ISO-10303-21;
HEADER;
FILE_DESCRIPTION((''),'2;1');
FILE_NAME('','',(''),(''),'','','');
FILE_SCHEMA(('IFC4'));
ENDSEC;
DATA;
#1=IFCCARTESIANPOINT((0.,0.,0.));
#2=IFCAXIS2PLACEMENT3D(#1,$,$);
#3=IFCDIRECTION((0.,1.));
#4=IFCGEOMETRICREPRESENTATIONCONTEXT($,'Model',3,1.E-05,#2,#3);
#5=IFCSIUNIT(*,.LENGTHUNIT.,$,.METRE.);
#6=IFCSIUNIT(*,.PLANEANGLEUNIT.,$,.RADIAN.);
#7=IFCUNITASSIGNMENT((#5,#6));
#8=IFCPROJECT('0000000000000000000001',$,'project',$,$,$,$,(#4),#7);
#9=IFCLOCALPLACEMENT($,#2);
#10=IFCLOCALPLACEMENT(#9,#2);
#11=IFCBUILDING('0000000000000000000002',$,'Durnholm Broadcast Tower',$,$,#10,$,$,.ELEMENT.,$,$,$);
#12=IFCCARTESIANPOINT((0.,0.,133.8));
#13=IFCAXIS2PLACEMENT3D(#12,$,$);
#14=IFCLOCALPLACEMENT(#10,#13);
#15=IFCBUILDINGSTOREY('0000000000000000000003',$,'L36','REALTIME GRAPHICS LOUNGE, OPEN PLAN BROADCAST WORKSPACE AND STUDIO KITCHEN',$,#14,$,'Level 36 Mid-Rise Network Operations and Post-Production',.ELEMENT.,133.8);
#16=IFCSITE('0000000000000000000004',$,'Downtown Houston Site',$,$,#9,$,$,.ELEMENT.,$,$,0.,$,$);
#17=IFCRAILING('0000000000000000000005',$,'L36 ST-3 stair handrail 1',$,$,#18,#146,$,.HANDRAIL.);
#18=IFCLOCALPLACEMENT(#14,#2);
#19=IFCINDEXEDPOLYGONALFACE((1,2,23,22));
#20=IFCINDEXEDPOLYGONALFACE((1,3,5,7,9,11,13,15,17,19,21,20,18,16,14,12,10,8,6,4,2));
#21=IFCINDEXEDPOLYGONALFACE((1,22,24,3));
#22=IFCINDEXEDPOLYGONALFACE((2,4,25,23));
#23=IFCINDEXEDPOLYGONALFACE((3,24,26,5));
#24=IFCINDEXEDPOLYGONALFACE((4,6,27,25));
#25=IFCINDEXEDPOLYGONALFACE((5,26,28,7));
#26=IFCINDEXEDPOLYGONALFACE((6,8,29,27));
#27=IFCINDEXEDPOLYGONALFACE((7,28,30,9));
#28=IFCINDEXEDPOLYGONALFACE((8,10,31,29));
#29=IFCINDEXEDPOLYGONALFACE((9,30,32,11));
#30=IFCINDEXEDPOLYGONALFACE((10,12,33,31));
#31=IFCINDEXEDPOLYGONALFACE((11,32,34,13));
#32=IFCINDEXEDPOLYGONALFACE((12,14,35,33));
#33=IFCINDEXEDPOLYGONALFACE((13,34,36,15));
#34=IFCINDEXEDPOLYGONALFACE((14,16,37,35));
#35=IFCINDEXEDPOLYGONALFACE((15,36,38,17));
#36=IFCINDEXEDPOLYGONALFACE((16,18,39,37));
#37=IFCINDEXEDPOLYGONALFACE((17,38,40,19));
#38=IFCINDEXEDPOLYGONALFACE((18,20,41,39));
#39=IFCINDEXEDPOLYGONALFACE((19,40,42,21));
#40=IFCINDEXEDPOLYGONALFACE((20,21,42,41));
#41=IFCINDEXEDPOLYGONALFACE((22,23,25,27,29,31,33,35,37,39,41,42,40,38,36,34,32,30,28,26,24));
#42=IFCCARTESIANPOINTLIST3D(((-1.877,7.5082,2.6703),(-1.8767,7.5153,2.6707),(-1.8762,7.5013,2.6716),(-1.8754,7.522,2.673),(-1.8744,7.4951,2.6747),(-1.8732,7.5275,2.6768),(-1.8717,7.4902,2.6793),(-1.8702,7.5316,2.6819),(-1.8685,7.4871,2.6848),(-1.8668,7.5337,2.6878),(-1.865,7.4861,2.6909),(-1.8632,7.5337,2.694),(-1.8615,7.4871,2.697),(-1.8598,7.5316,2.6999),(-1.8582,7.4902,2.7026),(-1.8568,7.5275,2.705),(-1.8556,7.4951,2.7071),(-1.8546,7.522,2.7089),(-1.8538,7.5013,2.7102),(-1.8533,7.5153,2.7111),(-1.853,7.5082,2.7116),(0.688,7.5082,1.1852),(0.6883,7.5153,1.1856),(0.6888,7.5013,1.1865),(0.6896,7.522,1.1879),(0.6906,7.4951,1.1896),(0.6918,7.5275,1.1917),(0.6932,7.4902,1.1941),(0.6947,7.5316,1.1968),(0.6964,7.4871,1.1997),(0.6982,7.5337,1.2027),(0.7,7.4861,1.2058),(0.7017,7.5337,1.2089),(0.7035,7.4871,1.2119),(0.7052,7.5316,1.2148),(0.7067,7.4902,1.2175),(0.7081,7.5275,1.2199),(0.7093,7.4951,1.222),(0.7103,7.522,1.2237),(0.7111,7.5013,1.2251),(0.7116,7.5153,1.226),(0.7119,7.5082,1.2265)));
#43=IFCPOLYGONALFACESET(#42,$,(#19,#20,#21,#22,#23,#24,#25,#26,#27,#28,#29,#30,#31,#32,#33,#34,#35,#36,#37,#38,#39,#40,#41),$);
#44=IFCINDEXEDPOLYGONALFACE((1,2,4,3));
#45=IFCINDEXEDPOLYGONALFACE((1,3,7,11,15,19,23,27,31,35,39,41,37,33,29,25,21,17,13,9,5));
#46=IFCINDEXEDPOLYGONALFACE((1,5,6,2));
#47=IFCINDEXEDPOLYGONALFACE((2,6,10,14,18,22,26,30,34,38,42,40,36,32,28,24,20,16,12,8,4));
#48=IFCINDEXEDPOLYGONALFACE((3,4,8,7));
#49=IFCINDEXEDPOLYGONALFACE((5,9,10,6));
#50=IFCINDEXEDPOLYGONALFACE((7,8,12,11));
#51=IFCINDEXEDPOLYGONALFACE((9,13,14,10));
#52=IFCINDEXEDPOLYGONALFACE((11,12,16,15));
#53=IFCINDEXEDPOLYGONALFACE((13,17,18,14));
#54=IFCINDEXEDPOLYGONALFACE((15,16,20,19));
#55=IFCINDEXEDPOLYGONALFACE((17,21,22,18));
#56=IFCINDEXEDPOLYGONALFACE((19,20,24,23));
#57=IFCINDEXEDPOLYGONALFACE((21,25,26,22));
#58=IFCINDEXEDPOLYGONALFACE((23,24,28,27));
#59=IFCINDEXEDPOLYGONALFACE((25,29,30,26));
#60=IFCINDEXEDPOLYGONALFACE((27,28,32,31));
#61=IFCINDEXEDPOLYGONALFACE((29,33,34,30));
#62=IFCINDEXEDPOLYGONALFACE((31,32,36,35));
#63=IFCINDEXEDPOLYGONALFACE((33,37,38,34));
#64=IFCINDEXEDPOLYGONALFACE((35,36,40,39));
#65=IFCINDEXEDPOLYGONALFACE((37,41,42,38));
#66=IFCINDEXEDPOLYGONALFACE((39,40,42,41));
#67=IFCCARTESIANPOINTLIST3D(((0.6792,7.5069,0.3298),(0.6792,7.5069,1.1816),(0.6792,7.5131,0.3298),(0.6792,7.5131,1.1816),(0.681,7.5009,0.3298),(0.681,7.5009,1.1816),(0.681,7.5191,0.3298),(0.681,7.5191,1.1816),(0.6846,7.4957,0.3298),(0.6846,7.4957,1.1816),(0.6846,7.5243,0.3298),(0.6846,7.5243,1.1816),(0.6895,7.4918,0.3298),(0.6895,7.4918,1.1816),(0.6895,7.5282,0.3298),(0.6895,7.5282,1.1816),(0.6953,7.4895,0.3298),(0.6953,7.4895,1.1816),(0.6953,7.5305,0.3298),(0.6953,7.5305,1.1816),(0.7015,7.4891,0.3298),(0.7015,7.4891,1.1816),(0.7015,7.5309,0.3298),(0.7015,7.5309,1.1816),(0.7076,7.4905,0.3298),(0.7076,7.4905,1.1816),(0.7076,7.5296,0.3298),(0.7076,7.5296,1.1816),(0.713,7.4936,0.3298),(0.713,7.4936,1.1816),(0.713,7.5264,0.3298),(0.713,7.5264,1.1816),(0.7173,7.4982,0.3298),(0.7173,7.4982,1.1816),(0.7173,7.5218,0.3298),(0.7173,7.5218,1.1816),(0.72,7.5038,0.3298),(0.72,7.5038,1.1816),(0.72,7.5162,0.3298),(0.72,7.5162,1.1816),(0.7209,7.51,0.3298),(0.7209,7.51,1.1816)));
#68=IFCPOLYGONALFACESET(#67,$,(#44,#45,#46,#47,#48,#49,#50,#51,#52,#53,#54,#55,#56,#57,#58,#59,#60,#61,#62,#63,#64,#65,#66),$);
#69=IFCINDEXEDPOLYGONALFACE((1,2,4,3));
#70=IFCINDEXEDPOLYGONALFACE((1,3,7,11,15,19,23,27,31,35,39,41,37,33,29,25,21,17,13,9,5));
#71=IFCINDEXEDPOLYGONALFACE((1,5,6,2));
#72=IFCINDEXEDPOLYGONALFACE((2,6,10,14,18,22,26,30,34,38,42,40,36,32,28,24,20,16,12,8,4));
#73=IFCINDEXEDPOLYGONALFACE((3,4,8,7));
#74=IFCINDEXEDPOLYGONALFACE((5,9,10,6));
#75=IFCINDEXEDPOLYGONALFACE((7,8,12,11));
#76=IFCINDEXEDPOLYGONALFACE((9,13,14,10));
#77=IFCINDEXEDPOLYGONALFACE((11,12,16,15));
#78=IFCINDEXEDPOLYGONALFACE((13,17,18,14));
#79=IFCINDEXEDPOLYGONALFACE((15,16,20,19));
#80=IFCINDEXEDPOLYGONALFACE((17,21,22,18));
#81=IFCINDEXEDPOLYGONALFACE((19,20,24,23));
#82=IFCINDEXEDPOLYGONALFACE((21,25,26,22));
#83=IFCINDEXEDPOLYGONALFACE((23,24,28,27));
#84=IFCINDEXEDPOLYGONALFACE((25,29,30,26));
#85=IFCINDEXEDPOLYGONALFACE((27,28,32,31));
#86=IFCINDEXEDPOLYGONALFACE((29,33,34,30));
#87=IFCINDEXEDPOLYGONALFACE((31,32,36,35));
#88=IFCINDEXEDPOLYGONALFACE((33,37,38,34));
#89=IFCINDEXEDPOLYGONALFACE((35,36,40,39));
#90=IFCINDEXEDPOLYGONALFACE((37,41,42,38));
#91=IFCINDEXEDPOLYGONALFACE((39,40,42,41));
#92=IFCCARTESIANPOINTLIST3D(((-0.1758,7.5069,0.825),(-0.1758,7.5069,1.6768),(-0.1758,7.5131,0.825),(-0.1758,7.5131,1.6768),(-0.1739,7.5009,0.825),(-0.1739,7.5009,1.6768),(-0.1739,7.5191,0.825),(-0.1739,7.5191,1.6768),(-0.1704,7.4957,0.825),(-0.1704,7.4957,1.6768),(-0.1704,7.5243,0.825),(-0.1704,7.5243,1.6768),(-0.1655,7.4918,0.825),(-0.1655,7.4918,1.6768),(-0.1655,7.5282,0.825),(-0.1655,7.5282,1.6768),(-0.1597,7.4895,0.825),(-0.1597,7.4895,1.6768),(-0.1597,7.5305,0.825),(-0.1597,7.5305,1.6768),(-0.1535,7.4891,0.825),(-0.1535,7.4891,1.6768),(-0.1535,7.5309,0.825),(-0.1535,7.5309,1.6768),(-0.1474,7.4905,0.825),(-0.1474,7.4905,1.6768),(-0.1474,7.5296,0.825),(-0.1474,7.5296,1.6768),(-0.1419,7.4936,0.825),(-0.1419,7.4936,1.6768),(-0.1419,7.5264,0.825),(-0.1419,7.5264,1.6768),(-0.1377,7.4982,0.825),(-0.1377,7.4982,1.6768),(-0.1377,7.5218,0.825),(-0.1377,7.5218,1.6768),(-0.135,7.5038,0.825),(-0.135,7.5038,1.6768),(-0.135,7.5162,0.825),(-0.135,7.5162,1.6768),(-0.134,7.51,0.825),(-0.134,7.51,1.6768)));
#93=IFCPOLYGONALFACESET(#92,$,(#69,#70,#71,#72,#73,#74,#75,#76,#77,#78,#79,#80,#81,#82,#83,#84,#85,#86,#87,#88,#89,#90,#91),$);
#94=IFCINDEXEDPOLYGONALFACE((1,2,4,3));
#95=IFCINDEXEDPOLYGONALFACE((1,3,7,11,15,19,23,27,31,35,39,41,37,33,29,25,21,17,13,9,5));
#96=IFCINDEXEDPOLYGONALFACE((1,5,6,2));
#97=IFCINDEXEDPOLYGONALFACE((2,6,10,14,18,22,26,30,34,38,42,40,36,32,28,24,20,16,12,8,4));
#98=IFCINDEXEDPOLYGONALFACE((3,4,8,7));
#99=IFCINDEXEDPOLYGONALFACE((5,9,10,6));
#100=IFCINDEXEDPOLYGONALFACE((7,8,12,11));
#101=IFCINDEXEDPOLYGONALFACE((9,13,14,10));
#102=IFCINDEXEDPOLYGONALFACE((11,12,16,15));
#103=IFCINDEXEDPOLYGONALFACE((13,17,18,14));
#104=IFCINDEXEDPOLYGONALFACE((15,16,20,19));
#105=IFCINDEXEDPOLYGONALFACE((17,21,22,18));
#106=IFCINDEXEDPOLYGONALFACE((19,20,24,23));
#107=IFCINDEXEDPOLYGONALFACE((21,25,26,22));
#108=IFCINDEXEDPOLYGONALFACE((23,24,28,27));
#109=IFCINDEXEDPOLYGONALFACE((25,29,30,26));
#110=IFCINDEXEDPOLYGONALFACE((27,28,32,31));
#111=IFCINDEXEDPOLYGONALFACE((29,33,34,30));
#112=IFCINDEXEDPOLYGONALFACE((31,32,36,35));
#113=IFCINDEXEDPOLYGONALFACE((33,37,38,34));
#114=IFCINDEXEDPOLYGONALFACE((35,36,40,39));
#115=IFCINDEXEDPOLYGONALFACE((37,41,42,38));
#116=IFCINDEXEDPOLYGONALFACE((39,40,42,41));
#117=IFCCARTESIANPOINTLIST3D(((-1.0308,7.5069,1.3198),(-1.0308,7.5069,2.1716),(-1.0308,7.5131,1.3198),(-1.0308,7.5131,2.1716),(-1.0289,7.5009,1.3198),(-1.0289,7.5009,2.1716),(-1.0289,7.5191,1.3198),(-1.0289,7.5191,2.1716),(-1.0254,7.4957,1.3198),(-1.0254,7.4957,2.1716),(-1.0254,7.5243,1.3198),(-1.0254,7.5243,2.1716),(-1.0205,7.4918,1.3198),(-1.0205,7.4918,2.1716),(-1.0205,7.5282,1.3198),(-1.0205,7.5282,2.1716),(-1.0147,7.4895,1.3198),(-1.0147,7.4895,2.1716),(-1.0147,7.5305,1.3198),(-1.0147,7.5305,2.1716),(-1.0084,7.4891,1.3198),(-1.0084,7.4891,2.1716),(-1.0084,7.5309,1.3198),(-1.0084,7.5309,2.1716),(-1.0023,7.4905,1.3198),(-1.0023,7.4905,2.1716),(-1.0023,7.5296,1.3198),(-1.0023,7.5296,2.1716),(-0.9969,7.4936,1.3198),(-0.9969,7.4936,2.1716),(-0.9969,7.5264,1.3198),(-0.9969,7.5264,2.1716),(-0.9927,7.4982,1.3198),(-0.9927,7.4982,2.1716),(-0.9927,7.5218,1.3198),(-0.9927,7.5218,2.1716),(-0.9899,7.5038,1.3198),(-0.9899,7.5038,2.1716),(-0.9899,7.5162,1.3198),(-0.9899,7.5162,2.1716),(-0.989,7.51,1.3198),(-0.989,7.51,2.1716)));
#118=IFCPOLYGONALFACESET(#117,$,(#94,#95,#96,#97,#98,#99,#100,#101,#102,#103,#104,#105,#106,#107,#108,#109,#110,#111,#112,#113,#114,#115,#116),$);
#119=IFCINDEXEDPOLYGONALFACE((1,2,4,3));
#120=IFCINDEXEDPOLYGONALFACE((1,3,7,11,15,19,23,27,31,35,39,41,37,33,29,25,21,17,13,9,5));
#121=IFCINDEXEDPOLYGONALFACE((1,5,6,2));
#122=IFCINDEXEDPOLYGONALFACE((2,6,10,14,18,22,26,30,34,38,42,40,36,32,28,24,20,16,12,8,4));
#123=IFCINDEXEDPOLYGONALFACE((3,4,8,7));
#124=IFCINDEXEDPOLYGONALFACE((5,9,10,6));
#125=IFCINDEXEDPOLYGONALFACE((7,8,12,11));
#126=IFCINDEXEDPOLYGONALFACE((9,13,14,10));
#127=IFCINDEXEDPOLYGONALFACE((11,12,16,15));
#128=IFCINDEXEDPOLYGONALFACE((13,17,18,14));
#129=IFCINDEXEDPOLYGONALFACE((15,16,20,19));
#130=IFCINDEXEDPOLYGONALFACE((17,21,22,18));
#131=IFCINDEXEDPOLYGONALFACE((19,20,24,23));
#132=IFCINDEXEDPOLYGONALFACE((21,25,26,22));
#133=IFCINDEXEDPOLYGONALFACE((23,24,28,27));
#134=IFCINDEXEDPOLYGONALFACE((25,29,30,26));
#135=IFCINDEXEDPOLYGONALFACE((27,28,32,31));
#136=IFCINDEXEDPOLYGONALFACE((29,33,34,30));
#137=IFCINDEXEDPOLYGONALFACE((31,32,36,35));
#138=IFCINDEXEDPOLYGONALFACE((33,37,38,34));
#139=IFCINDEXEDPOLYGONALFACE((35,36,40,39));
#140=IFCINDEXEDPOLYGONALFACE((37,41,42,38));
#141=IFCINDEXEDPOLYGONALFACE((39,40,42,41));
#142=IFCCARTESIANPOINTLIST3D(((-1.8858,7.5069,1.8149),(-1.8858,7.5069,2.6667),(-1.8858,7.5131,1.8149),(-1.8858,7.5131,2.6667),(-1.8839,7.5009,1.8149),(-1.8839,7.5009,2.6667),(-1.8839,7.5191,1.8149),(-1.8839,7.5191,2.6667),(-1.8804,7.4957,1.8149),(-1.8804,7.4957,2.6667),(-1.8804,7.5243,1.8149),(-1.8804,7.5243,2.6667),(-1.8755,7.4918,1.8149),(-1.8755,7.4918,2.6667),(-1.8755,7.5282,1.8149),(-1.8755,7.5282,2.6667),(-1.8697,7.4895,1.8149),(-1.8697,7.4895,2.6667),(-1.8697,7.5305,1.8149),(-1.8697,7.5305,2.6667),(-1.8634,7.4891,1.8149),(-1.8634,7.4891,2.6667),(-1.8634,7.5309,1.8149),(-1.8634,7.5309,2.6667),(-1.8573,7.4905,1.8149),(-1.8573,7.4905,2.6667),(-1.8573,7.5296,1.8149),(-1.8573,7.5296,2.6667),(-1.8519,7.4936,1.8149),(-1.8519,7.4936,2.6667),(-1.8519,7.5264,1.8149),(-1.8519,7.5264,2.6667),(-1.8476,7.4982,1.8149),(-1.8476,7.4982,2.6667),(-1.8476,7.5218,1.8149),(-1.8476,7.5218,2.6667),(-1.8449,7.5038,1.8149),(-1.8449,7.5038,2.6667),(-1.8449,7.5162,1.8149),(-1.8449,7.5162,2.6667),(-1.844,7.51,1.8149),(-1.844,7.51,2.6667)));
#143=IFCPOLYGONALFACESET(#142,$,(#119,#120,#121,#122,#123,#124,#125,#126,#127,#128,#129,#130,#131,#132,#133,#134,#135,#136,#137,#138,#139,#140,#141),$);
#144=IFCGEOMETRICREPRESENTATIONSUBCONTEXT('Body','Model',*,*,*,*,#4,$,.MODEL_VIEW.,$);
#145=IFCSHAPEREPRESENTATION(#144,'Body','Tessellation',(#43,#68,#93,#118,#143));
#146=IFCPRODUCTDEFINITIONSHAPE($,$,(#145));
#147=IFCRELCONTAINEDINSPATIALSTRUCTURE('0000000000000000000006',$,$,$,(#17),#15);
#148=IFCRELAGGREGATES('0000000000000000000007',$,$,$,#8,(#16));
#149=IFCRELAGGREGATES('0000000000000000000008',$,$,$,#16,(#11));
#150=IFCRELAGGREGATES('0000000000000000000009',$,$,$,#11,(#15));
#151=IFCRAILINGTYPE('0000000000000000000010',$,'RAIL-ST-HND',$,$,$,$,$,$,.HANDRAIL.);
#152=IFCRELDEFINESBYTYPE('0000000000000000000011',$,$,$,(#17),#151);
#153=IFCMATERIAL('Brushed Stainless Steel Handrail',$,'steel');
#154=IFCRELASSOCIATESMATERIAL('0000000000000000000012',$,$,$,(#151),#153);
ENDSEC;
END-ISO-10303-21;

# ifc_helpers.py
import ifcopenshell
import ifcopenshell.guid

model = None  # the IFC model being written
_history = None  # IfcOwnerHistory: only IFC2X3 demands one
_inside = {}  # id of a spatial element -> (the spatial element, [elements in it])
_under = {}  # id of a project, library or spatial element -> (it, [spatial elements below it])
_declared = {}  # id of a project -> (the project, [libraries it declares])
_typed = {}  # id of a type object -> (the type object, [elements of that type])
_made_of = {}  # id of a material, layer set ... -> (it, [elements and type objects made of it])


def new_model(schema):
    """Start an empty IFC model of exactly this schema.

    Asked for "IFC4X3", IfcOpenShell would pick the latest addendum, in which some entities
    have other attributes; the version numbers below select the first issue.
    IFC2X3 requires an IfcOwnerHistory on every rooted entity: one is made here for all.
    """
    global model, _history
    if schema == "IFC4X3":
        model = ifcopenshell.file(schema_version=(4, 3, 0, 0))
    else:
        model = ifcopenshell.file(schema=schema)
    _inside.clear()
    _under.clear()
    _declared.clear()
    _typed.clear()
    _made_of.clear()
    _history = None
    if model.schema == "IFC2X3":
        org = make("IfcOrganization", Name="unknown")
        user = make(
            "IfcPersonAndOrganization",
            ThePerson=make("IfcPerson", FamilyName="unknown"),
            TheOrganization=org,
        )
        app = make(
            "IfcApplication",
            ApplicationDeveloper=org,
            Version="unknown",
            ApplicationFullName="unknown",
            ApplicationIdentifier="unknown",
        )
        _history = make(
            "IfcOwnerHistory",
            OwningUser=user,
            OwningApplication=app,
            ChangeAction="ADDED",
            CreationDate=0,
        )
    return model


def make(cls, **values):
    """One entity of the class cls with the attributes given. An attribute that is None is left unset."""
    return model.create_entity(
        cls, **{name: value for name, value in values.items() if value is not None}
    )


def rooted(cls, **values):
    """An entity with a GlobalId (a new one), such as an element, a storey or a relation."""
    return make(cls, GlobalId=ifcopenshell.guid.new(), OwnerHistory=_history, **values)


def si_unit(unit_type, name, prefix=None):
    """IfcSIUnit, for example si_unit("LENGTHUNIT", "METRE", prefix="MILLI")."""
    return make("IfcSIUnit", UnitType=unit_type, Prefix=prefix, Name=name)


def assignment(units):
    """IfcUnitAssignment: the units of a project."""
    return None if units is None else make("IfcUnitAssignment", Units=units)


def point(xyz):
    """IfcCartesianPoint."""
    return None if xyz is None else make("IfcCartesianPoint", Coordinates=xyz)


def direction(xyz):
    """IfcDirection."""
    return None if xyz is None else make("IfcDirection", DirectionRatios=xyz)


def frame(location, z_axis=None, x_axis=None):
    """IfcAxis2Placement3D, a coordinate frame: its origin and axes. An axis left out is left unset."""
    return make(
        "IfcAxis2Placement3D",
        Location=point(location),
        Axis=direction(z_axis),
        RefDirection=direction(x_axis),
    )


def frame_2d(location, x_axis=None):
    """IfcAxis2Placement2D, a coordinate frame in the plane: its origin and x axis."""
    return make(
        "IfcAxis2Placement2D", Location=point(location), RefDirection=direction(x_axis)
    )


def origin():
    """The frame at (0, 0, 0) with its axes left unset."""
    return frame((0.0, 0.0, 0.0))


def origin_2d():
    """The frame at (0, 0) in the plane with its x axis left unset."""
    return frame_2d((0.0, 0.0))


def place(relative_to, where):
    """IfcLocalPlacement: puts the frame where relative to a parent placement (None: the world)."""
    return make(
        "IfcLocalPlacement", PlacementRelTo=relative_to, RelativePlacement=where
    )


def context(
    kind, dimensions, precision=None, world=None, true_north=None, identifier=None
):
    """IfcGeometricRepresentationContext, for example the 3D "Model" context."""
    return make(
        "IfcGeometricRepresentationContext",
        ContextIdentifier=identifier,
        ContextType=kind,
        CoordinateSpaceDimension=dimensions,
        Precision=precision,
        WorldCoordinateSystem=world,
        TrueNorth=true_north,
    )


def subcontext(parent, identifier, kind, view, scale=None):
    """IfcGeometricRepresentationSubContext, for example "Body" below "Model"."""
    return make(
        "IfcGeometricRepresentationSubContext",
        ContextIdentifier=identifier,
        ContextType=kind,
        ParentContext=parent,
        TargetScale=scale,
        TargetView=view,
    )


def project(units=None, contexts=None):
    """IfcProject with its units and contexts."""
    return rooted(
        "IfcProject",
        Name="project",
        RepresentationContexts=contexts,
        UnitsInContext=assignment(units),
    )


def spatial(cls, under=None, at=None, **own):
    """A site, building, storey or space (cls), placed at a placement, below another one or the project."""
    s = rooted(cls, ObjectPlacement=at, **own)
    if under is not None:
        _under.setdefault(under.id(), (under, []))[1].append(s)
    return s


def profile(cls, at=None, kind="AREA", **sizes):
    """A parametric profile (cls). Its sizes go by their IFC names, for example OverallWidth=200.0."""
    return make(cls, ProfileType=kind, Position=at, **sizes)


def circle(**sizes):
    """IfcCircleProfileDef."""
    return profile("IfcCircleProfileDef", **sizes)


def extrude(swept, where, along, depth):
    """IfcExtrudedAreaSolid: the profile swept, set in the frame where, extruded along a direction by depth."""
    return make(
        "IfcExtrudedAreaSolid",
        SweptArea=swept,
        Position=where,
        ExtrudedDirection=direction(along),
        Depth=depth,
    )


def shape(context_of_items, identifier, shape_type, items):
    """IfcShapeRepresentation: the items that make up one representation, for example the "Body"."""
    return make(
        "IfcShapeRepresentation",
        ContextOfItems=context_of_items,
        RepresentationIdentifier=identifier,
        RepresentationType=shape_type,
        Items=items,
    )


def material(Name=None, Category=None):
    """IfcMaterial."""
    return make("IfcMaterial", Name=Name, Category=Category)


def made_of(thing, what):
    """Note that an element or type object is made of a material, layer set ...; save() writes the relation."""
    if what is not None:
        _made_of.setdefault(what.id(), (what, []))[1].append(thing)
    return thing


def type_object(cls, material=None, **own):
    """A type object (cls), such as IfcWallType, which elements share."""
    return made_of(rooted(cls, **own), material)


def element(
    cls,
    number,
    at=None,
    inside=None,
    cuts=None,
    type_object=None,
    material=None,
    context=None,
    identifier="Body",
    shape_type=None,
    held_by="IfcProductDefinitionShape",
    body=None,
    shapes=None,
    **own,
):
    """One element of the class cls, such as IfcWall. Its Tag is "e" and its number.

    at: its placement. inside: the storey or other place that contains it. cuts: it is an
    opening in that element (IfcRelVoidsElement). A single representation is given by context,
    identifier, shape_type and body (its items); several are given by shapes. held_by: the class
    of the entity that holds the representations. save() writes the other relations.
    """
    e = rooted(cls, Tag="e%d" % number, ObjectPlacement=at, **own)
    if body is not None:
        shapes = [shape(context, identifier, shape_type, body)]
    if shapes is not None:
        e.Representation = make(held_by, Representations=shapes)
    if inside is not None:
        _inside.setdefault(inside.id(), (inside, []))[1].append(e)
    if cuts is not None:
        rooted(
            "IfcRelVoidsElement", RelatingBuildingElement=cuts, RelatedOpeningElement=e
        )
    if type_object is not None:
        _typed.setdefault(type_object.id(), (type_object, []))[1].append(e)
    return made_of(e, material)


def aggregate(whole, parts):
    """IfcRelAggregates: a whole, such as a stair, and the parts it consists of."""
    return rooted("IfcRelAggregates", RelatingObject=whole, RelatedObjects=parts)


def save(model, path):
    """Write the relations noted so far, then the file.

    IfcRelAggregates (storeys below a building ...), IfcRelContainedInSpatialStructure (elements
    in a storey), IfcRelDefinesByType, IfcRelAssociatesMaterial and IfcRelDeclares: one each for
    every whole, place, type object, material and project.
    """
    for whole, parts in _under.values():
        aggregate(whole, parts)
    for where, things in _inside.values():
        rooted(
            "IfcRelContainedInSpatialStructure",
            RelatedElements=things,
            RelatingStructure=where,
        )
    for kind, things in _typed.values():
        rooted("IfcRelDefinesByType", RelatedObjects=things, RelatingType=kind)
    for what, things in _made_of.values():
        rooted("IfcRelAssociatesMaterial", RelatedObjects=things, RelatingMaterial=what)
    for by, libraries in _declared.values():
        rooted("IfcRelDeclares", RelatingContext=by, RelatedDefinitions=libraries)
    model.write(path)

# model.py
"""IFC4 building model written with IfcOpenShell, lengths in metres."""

from ifc_helpers import new_model, si_unit, direction, frame, origin, origin_2d, place, context, subcontext, project, spatial, circle, extrude, material, type_object, element, save


model = new_model("IFC4")

# Units and contexts
model_context = context("Model", 3, precision=1e-05, world=origin(), true_north=direction((0.0, 1.0)))
body_context = subcontext(model_context, "Body", "Model", "MODEL_VIEW")
ifc_project = project(units=[si_unit("LENGTHUNIT", "METRE"), si_unit("PLANEANGLEUNIT", "RADIAN")], contexts=[model_context])

# Site, building, storey
site_placement = place(None, origin())
site = spatial("IfcSite", under=ifc_project, at=site_placement, Name="Downtown Houston Site", CompositionType="ELEMENT", RefElevation=0.0)
building_placement = place(site_placement, origin())
building = spatial("IfcBuilding", under=site, at=building_placement, Name="Durnholm Broadcast Tower", CompositionType="ELEMENT")
storey_placement = place(building_placement, frame((0.0, 0.0, 133.8)))
storey = spatial("IfcBuildingStorey", under=building, at=storey_placement, Name="L36", Description="REALTIME GRAPHICS LOUNGE, OPEN PLAN BROADCAST WORKSPACE AND STUDIO KITCHEN", LongName="Level 36 Mid-Rise Network Operations and Post-Production", CompositionType="ELEMENT", Elevation=133.8)

# Railing
ifc_material_1 = material(Name="Brushed Stainless Steel Handrail", Category="steel")
railing_type_1 = type_object("IfcRailingType", Name="RAIL-ST-HND", PredefinedType="HANDRAIL", material=ifc_material_1)
railing_1_placement = place(storey_placement, frame((0.7, 7.51, 0.3298)))
element("IfcRailing", 1, at=railing_1_placement, inside=storey, type_object=railing_type_1, Name="L36 ST-3 stair handrail 1", PredefinedType="HANDRAIL", context=body_context, shape_type="SweptSolid", body=[
    extrude(circle(Radius=0.0239, at=origin_2d()), frame((0.0, 0.0, 0.876), z_axis=(-0.865406, 0.0, 0.501072), x_axis=(0.0, -1.0, 0.0)), (0.0, 0.0, 1.0), 2.9639),
    extrude(circle(Radius=0.021, at=origin_2d()), origin(), (0.0, 0.0, 1.0), 0.8518),
    extrude(circle(Radius=0.021, at=origin_2d()), frame((-0.855, 0.0, 0.4951)), (0.0, 0.0, 1.0), 0.8518),
    extrude(circle(Radius=0.021, at=origin_2d()), frame((-1.71, 0.0, 0.99)), (0.0, 0.0, 1.0), 0.8518),
    extrude(circle(Radius=0.021, at=origin_2d()), frame((-2.5649, 0.0, 1.4851)), (0.0, 0.0, 1.0), 0.8518),
])

save(model, "model.ifc")
